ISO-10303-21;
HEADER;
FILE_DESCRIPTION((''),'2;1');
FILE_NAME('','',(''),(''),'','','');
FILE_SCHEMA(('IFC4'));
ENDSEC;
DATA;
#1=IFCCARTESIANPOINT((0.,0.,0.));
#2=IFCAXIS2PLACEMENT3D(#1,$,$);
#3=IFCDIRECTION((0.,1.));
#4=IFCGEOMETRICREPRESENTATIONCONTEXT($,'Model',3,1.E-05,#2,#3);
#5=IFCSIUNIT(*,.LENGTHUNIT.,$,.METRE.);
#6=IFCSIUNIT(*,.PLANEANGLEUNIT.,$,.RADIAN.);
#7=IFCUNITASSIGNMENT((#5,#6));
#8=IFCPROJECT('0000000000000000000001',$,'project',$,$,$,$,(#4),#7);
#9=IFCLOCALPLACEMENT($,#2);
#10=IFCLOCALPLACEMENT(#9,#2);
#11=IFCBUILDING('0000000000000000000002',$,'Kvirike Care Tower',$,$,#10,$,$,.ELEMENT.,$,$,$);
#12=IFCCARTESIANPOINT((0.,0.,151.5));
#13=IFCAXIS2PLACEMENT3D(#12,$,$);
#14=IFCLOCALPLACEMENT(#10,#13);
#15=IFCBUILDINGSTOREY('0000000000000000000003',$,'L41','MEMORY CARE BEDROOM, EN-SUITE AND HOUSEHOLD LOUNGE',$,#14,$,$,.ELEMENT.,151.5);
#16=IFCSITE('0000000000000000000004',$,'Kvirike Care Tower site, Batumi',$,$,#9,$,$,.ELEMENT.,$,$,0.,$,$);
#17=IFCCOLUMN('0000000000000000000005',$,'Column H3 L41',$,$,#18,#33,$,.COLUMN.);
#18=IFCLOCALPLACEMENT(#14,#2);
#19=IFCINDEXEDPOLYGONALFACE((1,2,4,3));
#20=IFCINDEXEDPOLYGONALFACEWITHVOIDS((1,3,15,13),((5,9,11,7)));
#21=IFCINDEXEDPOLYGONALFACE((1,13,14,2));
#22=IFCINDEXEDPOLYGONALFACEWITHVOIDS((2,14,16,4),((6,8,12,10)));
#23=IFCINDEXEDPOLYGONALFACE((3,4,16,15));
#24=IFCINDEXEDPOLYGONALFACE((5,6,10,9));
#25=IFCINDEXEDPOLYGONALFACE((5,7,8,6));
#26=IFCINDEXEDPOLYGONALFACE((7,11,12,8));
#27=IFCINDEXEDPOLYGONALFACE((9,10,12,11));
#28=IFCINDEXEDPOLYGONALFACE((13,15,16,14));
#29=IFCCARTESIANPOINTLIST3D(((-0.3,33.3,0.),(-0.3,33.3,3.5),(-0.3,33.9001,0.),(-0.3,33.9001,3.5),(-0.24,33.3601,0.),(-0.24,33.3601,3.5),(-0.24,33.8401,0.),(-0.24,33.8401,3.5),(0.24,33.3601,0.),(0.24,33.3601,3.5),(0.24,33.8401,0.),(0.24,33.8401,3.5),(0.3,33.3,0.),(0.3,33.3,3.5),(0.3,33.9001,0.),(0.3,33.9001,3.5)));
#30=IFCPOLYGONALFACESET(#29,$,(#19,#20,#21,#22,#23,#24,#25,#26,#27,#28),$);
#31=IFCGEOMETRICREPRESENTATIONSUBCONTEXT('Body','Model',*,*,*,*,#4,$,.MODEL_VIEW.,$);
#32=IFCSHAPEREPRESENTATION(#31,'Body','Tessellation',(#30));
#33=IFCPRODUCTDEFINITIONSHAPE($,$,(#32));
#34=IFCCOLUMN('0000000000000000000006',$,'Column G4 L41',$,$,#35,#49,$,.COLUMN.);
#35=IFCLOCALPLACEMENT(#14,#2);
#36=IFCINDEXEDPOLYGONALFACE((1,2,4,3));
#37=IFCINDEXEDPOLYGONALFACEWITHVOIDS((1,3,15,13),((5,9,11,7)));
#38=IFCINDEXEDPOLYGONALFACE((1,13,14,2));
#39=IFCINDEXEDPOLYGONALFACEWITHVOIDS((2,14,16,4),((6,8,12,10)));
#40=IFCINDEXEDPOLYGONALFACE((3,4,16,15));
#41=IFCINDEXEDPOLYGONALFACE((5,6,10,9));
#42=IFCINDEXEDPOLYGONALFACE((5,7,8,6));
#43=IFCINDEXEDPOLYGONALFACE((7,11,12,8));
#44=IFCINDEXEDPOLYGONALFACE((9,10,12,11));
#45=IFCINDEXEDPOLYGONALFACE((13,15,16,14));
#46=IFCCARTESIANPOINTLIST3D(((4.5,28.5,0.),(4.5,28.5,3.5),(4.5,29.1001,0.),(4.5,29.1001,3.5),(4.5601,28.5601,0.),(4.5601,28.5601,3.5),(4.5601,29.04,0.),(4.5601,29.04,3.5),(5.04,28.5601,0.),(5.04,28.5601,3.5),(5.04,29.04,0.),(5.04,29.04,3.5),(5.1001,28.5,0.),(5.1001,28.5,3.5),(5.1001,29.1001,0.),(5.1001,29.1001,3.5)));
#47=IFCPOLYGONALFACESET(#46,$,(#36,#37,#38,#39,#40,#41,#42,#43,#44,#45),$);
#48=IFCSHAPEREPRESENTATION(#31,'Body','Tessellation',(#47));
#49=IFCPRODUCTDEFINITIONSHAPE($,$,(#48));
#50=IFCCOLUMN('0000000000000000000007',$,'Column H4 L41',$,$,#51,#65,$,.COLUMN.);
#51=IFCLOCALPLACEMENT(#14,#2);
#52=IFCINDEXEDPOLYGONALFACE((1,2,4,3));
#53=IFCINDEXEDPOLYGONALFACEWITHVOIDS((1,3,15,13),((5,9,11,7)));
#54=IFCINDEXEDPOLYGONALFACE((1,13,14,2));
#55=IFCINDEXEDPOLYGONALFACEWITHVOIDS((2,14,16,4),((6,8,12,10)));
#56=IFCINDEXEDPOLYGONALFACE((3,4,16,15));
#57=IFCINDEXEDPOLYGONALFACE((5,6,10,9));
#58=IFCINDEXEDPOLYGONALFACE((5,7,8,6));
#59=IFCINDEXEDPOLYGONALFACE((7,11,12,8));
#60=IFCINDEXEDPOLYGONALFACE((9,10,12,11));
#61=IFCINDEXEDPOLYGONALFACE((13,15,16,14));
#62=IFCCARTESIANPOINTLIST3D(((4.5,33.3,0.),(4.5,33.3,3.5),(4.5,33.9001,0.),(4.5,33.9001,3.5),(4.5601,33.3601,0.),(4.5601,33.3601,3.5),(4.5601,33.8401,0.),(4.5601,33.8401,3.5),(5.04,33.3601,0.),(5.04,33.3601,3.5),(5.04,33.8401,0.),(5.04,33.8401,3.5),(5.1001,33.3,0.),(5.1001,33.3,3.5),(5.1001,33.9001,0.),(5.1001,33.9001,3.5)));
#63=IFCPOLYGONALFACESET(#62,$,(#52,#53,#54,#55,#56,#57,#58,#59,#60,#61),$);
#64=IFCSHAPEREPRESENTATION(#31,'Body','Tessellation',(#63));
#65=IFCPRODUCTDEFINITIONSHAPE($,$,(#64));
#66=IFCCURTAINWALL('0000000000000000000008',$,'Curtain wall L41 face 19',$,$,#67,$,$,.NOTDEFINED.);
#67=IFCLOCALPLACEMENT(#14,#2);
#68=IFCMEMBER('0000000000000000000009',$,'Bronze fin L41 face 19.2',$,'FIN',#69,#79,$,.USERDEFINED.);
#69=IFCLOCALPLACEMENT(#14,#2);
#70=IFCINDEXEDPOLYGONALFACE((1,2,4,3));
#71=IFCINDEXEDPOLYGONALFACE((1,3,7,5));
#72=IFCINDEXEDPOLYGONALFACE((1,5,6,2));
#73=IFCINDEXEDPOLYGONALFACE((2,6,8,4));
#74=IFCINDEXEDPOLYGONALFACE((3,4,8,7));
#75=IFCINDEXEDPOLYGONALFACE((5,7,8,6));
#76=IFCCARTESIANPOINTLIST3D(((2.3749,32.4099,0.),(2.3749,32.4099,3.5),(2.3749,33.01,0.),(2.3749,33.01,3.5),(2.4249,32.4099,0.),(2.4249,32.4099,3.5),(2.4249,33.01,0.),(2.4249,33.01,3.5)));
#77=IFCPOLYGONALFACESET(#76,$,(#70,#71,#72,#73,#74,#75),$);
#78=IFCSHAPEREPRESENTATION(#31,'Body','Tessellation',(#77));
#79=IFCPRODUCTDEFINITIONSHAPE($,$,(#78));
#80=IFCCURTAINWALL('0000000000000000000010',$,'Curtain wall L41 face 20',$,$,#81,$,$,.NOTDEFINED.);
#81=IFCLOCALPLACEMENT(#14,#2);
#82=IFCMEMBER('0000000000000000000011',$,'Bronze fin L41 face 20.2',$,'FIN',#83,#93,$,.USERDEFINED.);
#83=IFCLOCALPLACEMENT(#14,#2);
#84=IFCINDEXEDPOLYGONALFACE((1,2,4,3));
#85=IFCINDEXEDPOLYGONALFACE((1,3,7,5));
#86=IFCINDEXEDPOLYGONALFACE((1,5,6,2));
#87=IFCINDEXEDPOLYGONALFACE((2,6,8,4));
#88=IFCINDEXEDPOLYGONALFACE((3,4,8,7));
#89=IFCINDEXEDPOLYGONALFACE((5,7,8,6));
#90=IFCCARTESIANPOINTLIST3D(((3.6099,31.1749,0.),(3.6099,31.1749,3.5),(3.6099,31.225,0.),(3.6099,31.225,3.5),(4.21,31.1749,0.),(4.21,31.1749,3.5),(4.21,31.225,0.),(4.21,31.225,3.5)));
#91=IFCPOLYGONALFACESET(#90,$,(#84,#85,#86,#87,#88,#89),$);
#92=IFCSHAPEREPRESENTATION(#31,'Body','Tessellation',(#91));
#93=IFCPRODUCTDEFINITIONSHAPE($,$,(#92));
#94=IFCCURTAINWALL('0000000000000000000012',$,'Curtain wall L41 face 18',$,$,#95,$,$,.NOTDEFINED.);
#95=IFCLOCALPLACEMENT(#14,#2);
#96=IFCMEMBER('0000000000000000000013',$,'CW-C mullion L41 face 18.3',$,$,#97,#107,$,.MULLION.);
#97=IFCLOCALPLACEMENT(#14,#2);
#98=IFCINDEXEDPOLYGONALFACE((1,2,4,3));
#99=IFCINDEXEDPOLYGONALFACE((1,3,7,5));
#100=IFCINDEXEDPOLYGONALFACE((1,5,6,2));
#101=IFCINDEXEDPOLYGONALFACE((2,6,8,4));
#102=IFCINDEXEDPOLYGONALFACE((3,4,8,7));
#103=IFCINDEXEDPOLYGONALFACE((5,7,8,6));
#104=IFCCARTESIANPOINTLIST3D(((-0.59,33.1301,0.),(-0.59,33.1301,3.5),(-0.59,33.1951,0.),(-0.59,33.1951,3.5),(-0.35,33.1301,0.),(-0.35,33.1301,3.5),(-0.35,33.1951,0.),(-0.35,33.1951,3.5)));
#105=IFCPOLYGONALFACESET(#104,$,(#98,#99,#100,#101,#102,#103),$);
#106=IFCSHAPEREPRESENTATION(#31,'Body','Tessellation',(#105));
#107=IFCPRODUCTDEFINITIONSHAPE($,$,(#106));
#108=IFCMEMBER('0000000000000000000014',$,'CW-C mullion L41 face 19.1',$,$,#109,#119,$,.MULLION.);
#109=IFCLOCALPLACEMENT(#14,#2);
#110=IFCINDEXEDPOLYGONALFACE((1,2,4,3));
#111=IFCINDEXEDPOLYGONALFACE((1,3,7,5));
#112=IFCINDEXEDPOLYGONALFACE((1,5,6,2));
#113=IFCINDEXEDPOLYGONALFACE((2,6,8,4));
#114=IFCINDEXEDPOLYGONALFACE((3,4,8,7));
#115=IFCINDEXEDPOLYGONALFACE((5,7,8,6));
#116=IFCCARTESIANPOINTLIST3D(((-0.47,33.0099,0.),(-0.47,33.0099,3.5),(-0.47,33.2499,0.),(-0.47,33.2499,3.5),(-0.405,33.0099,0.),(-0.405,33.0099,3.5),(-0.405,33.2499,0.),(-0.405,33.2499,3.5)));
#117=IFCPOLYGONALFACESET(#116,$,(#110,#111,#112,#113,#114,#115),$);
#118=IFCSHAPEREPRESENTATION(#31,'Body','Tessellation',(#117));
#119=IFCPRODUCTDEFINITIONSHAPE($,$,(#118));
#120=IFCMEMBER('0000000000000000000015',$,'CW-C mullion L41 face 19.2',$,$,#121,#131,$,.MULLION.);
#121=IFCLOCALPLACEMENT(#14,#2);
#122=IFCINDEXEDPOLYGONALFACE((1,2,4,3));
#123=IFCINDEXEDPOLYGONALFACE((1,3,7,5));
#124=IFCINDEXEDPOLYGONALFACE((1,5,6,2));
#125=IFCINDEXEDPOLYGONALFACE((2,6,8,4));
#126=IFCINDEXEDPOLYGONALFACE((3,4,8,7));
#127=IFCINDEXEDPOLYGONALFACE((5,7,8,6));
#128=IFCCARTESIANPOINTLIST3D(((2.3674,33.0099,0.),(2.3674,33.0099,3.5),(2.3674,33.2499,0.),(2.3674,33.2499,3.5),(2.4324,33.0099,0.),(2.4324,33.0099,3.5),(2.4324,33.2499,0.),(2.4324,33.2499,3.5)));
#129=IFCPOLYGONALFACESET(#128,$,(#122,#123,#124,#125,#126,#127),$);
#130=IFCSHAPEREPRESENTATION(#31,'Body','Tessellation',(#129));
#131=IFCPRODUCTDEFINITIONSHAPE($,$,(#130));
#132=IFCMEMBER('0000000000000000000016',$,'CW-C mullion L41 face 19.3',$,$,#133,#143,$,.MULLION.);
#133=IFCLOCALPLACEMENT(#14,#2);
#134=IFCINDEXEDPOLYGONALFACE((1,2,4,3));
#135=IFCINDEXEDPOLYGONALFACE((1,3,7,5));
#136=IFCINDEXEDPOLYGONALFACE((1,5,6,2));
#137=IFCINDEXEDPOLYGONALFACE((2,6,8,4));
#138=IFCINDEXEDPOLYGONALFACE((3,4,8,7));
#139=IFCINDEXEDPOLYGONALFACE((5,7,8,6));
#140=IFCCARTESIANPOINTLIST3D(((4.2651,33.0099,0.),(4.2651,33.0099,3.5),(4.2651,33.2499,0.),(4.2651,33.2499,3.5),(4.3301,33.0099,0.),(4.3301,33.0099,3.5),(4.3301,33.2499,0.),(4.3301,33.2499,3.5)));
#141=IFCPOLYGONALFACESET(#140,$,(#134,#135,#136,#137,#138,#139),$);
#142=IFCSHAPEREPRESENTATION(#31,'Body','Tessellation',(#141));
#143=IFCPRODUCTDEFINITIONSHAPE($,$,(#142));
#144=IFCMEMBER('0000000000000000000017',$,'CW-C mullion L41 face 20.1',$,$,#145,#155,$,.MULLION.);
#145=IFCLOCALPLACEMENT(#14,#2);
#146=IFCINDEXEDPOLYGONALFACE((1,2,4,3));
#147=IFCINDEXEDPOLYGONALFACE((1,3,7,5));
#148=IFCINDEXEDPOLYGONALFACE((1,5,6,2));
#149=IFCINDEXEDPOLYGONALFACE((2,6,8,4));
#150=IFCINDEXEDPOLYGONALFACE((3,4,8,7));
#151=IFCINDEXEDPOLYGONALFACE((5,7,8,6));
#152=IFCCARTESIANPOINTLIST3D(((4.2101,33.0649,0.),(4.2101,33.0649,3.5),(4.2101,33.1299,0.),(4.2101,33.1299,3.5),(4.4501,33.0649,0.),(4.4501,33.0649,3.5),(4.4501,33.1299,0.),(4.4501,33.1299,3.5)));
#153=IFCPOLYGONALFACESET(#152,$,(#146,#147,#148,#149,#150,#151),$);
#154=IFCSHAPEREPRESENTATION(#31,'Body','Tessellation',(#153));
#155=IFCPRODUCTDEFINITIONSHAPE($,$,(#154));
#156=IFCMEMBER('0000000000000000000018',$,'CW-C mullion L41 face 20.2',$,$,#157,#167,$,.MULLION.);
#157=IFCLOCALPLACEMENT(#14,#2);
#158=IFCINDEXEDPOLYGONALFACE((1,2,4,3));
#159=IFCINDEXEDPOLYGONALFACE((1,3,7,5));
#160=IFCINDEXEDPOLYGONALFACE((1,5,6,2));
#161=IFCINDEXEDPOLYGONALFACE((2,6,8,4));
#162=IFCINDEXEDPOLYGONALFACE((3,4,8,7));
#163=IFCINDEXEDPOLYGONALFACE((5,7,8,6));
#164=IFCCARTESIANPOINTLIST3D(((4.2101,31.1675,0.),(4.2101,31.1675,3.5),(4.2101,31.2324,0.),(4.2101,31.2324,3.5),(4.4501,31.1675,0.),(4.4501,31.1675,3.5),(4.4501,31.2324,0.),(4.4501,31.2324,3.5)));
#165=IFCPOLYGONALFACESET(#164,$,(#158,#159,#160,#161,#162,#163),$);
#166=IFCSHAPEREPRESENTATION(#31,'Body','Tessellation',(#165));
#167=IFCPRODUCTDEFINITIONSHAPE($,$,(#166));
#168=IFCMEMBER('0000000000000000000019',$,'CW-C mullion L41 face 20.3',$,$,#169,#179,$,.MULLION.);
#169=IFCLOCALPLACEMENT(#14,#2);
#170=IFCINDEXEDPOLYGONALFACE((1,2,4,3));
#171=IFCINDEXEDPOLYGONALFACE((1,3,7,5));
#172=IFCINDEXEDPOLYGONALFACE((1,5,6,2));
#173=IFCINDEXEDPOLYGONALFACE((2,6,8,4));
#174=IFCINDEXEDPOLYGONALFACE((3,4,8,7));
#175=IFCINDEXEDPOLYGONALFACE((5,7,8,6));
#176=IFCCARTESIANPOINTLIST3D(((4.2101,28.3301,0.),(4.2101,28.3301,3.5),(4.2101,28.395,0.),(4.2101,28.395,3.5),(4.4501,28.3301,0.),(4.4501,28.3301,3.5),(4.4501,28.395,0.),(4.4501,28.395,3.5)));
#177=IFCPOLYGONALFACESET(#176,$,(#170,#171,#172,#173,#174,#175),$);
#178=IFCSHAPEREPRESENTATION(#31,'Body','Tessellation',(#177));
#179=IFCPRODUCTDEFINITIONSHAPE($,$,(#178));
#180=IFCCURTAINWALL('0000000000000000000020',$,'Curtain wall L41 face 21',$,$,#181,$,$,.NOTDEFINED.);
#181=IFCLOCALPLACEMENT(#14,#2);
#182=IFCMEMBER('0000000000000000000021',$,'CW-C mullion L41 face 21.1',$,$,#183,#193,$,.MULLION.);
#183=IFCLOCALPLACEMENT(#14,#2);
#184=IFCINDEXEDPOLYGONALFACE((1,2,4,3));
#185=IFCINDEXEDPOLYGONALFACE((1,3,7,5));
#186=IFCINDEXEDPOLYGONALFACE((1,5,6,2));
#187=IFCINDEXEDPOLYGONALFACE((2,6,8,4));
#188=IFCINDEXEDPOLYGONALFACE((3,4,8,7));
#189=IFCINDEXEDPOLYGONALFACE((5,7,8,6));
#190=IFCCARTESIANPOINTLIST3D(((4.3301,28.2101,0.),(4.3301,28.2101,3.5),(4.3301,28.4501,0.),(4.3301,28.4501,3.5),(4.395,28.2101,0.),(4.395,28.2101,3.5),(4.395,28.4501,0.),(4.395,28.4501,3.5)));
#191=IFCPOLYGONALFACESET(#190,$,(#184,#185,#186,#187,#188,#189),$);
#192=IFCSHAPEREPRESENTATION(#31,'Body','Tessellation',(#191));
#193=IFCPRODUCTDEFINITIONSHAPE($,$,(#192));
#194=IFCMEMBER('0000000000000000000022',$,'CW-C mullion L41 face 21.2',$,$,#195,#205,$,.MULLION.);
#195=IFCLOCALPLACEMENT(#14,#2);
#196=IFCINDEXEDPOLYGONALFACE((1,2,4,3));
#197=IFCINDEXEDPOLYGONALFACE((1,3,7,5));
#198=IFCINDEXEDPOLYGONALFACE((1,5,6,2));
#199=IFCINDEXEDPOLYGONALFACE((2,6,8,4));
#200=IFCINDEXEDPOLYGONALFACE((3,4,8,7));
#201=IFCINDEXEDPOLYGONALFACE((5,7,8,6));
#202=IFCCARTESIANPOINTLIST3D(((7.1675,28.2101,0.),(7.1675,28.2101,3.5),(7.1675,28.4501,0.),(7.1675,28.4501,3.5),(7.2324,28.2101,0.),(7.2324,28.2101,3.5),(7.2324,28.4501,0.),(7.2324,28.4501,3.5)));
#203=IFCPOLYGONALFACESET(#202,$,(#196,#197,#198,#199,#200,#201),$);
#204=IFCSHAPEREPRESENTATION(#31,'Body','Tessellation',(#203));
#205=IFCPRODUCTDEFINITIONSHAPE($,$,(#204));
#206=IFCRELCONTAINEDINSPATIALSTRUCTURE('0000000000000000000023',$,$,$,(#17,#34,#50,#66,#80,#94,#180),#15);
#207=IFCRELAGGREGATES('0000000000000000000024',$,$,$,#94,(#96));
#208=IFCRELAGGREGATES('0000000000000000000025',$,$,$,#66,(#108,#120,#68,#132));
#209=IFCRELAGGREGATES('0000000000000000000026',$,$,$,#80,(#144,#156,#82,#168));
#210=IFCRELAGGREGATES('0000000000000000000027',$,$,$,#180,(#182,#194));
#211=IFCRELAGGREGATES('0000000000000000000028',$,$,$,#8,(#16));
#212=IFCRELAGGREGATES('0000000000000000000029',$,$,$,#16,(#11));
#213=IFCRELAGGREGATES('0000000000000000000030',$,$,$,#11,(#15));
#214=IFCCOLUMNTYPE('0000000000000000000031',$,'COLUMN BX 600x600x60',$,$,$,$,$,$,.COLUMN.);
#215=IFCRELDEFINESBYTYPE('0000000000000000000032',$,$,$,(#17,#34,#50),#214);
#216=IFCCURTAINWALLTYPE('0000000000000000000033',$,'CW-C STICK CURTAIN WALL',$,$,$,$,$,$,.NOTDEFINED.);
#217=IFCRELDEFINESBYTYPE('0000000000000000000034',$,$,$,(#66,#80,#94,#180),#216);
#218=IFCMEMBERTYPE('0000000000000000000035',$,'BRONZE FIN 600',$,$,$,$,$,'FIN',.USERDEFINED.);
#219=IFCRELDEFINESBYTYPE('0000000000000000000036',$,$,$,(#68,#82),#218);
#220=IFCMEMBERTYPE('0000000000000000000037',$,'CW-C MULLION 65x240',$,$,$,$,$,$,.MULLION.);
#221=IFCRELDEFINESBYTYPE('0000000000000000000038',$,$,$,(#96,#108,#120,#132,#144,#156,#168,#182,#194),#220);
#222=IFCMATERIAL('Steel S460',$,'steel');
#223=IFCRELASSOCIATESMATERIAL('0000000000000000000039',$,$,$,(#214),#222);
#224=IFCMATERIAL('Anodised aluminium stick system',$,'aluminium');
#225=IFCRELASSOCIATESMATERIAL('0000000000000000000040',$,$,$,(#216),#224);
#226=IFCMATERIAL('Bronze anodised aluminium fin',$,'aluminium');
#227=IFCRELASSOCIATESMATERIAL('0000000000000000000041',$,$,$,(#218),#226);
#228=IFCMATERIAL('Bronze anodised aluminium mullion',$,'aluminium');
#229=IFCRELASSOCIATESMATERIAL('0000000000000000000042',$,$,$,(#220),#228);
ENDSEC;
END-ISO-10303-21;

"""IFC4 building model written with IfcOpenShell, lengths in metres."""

from ifc_helpers import new_model, si_unit, direction, frame, origin, origin_2d, place, context, subcontext, project, spatial, rectangle, hollow_rectangle, extrude, material, material_profile, profile_set, type_object, element, aggregate, save


model = new_model("IFC4")

# Units and contexts
model_context = context("Model", 3, precision=1e-05, world=origin(), true_north=direction((0.0, 1.0)))
body_context = subcontext(model_context, "Body", "Model", "MODEL_VIEW")
ifc_project = project(units=[si_unit("LENGTHUNIT", "METRE"), si_unit("PLANEANGLEUNIT", "RADIAN")], contexts=[model_context])

# Site, building, storey
site_placement = place(None, origin())
site = spatial("IfcSite", under=ifc_project, at=site_placement, Name="Kvirike Care Tower site, Batumi", CompositionType="ELEMENT", RefElevation=0.0)
building_placement = place(site_placement, origin())
building = spatial("IfcBuilding", under=site, at=building_placement, Name="Kvirike Care Tower", CompositionType="ELEMENT")
storey_placement = place(building_placement, frame((0.0, 0.0, 151.5)))
storey = spatial("IfcBuildingStorey", under=building, at=storey_placement, Name="L41", Description="MEMORY CARE BEDROOM, EN-SUITE AND HOUSEHOLD LOUNGE", CompositionType="ELEMENT", Elevation=151.5)

# Columns
ifc_material_1 = material(Name="Steel S460", Category="steel")
ifc_material_profile_1 = material_profile(ifc_material_1, hollow_rectangle(XDim=0.6001, YDim=0.6001, WallThickness=0.0601, at=origin_2d()), Name="BX 600x600x60")
ifc_profile_set_1 = profile_set([ifc_material_profile_1], Name="Steel S460")
column_type = type_object("IfcColumnType", Name="COLUMN BX 600x600x60", PredefinedType="COLUMN", material=ifc_profile_set_1)
for number, where, z_axis, x_axis, name in (
    (1, (0.0, 33.6001, 0.0), (0.0, 0.0, 1.0), (0.0, 1.0, 0.0), "Column H3 L41"),
    (2, (4.8, 28.8, 0.0), (0.0, 0.0, 1.0), (0.0, 1.0, 0.0), "Column G4 L41"),
    (3, (4.8, 33.6001, 0.0), (0.0, 0.0, 1.0), (0.0, 1.0, 0.0), "Column H4 L41"),
):
    element("IfcColumn", number, at=place(storey_placement, frame(where, z_axis=z_axis, x_axis=x_axis)), inside=storey, type_object=column_type, Name=name, PredefinedType="COLUMN", context=body_context, shape_type="SweptSolid", body=[
        extrude(hollow_rectangle(XDim=0.6001, YDim=0.6001, WallThickness=0.0601, at=origin_2d()), origin(), (0.0, 0.0, 1.0), 3.5),
    ])

# Curtain walls, members
ifc_material_2 = material(Name="Anodised aluminium stick system", Category="aluminium")
curtain_wall_type = type_object("IfcCurtainWallType", Name="CW-C STICK CURTAIN WALL", PredefinedType="NOTDEFINED", material=ifc_material_2)
curtain_wall_1_placement = place(storey_placement, origin())
curtain_wall_1 = element("IfcCurtainWall", 4, at=curtain_wall_1_placement, inside=storey, type_object=curtain_wall_type, Name="Curtain wall L41 face 19", PredefinedType="NOTDEFINED")
ifc_material_3 = material(Name="Bronze anodised aluminium fin", Category="aluminium")
ifc_material_profile_2 = material_profile(ifc_material_3, rectangle(XDim=0.05, YDim=0.6001, at=origin_2d()), Name="BRONZE FIN 600")
ifc_profile_set_2 = profile_set([ifc_material_profile_2], Name="Bronze anodised aluminium fin")
member_type_1 = type_object("IfcMemberType", Name="BRONZE FIN 600", ElementType="FIN", PredefinedType="USERDEFINED", material=ifc_profile_set_2)
member_1_placement = place(storey_placement, frame((2.3999, 32.71, 0.0), z_axis=(0.0, 0.0, 1.0), x_axis=(1.0, 0.0, 0.0)))
member_1 = element("IfcMember", 5, at=member_1_placement, type_object=member_type_1, Name="Bronze fin L41 face 19.2", ObjectType="FIN", PredefinedType="USERDEFINED", context=body_context, shape_type="SweptSolid", body=[
    extrude(rectangle(XDim=0.05, YDim=0.6001, at=origin_2d()), origin(), (0.0, 0.0, 1.0), 3.5),
])
curtain_wall_2_placement = place(storey_placement, origin())
curtain_wall_2 = element("IfcCurtainWall", 6, at=curtain_wall_2_placement, inside=storey, type_object=curtain_wall_type, Name="Curtain wall L41 face 20", PredefinedType="NOTDEFINED")
member_2_placement = place(storey_placement, frame((3.9099, 31.2, 0.0), z_axis=(0.0, 0.0, 1.0), x_axis=(0.0, -1.0, 0.0)))
member_2 = element("IfcMember", 7, at=member_2_placement, type_object=member_type_1, Name="Bronze fin L41 face 20.2", ObjectType="FIN", PredefinedType="USERDEFINED", context=body_context, shape_type="SweptSolid", body=[
    extrude(rectangle(XDim=0.05, YDim=0.6001, at=origin_2d()), origin(), (0.0, 0.0, 1.0), 3.5),
])
curtain_wall_3_placement = place(storey_placement, origin())
curtain_wall_3 = element("IfcCurtainWall", 8, at=curtain_wall_3_placement, inside=storey, type_object=curtain_wall_type, Name="Curtain wall L41 face 18", PredefinedType="NOTDEFINED")
ifc_material_4 = material(Name="Bronze anodised aluminium mullion", Category="aluminium")
ifc_material_profile_3 = material_profile(ifc_material_4, rectangle(XDim=0.0649, YDim=0.24, at=origin_2d()), Name="CW-C MULLION 65x240")
ifc_profile_set_3 = profile_set([ifc_material_profile_3], Name="Bronze anodised aluminium mullion")
member_type_2 = type_object("IfcMemberType", Name="CW-C MULLION 65x240", PredefinedType="MULLION", material=ifc_profile_set_3)
member_3_placement = place(storey_placement, frame((-0.47, 33.1626, 0.0), z_axis=(0.0, 0.0, 1.0), x_axis=(0.0, -1.0, 0.0)))
member_3 = element("IfcMember", 9, at=member_3_placement, type_object=member_type_2, Name="CW-C mullion L41 face 18.3", PredefinedType="MULLION", context=body_context, shape_type="SweptSolid", body=[
    extrude(rectangle(XDim=0.0649, YDim=0.24, at=origin_2d()), origin(), (0.0, 0.0, 1.0), 3.5),
])
aggregate(curtain_wall_3, [member_3])

# Members
member_4_placement = place(storey_placement, frame((-0.4375, 33.1299, 0.0), z_axis=(0.0, 0.0, 1.0), x_axis=(1.0, 0.0, 0.0)))
member_4 = element("IfcMember", 10, at=member_4_placement, type_object=member_type_2, Name="CW-C mullion L41 face 19.1", PredefinedType="MULLION", context=body_context, shape_type="SweptSolid", body=[
    extrude(rectangle(XDim=0.0649, YDim=0.24, at=origin_2d()), origin(), (0.0, 0.0, 1.0), 3.5),
])
member_5_placement = place(storey_placement, frame((2.3999, 33.1299, 0.0), z_axis=(0.0, 0.0, 1.0), x_axis=(1.0, 0.0, 0.0)))
member_5 = element("IfcMember", 11, at=member_5_placement, type_object=member_type_2, Name="CW-C mullion L41 face 19.2", PredefinedType="MULLION", context=body_context, shape_type="SweptSolid", body=[
    extrude(rectangle(XDim=0.0649, YDim=0.24, at=origin_2d()), origin(), (0.0, 0.0, 1.0), 3.5),
])
member_6_placement = place(storey_placement, frame((4.2976, 33.1299, 0.0), z_axis=(0.0, 0.0, 1.0), x_axis=(1.0, 0.0, 0.0)))
member_6 = element("IfcMember", 12, at=member_6_placement, type_object=member_type_2, Name="CW-C mullion L41 face 19.3", PredefinedType="MULLION", context=body_context, shape_type="SweptSolid", body=[
    extrude(rectangle(XDim=0.0649, YDim=0.24, at=origin_2d()), origin(), (0.0, 0.0, 1.0), 3.5),
])
member_7_placement = place(storey_placement, frame((4.3301, 33.0974, 0.0), z_axis=(0.0, 0.0, 1.0), x_axis=(0.0, -1.0, 0.0)))
member_7 = element("IfcMember", 13, at=member_7_placement, type_object=member_type_2, Name="CW-C mullion L41 face 20.1", PredefinedType="MULLION", context=body_context, shape_type="SweptSolid", body=[
    extrude(rectangle(XDim=0.0649, YDim=0.24, at=origin_2d()), origin(), (0.0, 0.0, 1.0), 3.5),
])
member_8_placement = place(storey_placement, frame((4.3301, 31.2, 0.0), z_axis=(0.0, 0.0, 1.0), x_axis=(0.0, -1.0, 0.0)))
member_8 = element("IfcMember", 14, at=member_8_placement, type_object=member_type_2, Name="CW-C mullion L41 face 20.2", PredefinedType="MULLION", context=body_context, shape_type="SweptSolid", body=[
    extrude(rectangle(XDim=0.0649, YDim=0.24, at=origin_2d()), origin(), (0.0, 0.0, 1.0), 3.5),
])
member_9_placement = place(storey_placement, frame((4.3301, 28.3625, 0.0), z_axis=(0.0, 0.0, 1.0), x_axis=(0.0, -1.0, 0.0)))
member_9 = element("IfcMember", 15, at=member_9_placement, type_object=member_type_2, Name="CW-C mullion L41 face 20.3", PredefinedType="MULLION", context=body_context, shape_type="SweptSolid", body=[
    extrude(rectangle(XDim=0.0649, YDim=0.24, at=origin_2d()), origin(), (0.0, 0.0, 1.0), 3.5),
])

# Curtain wall, members
curtain_wall_4_placement = place(storey_placement, origin())
curtain_wall_4 = element("IfcCurtainWall", 16, at=curtain_wall_4_placement, inside=storey, type_object=curtain_wall_type, Name="Curtain wall L41 face 21", PredefinedType="NOTDEFINED")
member_10_placement = place(storey_placement, frame((4.3625, 28.3301, 0.0), z_axis=(0.0, 0.0, 1.0), x_axis=(1.0, 0.0, 0.0)))
member_10 = element("IfcMember", 17, at=member_10_placement, type_object=member_type_2, Name="CW-C mullion L41 face 21.1", PredefinedType="MULLION", context=body_context, shape_type="SweptSolid", body=[
    extrude(rectangle(XDim=0.0649, YDim=0.24, at=origin_2d()), origin(), (0.0, 0.0, 1.0), 3.5),
])
member_11_placement = place(storey_placement, frame((7.2, 28.3301, 0.0), z_axis=(0.0, 0.0, 1.0), x_axis=(1.0, 0.0, 0.0)))
member_11 = element("IfcMember", 18, at=member_11_placement, type_object=member_type_2, Name="CW-C mullion L41 face 21.2", PredefinedType="MULLION", context=body_context, shape_type="SweptSolid", body=[
    extrude(rectangle(XDim=0.0649, YDim=0.24, at=origin_2d()), origin(), (0.0, 0.0, 1.0), 3.5),
])

aggregate(curtain_wall_1, [member_4, member_5, member_1, member_6])
aggregate(curtain_wall_2, [member_7, member_8, member_2, member_9])
aggregate(curtain_wall_4, [member_10, member_11])

save(model, "model.ifc")
